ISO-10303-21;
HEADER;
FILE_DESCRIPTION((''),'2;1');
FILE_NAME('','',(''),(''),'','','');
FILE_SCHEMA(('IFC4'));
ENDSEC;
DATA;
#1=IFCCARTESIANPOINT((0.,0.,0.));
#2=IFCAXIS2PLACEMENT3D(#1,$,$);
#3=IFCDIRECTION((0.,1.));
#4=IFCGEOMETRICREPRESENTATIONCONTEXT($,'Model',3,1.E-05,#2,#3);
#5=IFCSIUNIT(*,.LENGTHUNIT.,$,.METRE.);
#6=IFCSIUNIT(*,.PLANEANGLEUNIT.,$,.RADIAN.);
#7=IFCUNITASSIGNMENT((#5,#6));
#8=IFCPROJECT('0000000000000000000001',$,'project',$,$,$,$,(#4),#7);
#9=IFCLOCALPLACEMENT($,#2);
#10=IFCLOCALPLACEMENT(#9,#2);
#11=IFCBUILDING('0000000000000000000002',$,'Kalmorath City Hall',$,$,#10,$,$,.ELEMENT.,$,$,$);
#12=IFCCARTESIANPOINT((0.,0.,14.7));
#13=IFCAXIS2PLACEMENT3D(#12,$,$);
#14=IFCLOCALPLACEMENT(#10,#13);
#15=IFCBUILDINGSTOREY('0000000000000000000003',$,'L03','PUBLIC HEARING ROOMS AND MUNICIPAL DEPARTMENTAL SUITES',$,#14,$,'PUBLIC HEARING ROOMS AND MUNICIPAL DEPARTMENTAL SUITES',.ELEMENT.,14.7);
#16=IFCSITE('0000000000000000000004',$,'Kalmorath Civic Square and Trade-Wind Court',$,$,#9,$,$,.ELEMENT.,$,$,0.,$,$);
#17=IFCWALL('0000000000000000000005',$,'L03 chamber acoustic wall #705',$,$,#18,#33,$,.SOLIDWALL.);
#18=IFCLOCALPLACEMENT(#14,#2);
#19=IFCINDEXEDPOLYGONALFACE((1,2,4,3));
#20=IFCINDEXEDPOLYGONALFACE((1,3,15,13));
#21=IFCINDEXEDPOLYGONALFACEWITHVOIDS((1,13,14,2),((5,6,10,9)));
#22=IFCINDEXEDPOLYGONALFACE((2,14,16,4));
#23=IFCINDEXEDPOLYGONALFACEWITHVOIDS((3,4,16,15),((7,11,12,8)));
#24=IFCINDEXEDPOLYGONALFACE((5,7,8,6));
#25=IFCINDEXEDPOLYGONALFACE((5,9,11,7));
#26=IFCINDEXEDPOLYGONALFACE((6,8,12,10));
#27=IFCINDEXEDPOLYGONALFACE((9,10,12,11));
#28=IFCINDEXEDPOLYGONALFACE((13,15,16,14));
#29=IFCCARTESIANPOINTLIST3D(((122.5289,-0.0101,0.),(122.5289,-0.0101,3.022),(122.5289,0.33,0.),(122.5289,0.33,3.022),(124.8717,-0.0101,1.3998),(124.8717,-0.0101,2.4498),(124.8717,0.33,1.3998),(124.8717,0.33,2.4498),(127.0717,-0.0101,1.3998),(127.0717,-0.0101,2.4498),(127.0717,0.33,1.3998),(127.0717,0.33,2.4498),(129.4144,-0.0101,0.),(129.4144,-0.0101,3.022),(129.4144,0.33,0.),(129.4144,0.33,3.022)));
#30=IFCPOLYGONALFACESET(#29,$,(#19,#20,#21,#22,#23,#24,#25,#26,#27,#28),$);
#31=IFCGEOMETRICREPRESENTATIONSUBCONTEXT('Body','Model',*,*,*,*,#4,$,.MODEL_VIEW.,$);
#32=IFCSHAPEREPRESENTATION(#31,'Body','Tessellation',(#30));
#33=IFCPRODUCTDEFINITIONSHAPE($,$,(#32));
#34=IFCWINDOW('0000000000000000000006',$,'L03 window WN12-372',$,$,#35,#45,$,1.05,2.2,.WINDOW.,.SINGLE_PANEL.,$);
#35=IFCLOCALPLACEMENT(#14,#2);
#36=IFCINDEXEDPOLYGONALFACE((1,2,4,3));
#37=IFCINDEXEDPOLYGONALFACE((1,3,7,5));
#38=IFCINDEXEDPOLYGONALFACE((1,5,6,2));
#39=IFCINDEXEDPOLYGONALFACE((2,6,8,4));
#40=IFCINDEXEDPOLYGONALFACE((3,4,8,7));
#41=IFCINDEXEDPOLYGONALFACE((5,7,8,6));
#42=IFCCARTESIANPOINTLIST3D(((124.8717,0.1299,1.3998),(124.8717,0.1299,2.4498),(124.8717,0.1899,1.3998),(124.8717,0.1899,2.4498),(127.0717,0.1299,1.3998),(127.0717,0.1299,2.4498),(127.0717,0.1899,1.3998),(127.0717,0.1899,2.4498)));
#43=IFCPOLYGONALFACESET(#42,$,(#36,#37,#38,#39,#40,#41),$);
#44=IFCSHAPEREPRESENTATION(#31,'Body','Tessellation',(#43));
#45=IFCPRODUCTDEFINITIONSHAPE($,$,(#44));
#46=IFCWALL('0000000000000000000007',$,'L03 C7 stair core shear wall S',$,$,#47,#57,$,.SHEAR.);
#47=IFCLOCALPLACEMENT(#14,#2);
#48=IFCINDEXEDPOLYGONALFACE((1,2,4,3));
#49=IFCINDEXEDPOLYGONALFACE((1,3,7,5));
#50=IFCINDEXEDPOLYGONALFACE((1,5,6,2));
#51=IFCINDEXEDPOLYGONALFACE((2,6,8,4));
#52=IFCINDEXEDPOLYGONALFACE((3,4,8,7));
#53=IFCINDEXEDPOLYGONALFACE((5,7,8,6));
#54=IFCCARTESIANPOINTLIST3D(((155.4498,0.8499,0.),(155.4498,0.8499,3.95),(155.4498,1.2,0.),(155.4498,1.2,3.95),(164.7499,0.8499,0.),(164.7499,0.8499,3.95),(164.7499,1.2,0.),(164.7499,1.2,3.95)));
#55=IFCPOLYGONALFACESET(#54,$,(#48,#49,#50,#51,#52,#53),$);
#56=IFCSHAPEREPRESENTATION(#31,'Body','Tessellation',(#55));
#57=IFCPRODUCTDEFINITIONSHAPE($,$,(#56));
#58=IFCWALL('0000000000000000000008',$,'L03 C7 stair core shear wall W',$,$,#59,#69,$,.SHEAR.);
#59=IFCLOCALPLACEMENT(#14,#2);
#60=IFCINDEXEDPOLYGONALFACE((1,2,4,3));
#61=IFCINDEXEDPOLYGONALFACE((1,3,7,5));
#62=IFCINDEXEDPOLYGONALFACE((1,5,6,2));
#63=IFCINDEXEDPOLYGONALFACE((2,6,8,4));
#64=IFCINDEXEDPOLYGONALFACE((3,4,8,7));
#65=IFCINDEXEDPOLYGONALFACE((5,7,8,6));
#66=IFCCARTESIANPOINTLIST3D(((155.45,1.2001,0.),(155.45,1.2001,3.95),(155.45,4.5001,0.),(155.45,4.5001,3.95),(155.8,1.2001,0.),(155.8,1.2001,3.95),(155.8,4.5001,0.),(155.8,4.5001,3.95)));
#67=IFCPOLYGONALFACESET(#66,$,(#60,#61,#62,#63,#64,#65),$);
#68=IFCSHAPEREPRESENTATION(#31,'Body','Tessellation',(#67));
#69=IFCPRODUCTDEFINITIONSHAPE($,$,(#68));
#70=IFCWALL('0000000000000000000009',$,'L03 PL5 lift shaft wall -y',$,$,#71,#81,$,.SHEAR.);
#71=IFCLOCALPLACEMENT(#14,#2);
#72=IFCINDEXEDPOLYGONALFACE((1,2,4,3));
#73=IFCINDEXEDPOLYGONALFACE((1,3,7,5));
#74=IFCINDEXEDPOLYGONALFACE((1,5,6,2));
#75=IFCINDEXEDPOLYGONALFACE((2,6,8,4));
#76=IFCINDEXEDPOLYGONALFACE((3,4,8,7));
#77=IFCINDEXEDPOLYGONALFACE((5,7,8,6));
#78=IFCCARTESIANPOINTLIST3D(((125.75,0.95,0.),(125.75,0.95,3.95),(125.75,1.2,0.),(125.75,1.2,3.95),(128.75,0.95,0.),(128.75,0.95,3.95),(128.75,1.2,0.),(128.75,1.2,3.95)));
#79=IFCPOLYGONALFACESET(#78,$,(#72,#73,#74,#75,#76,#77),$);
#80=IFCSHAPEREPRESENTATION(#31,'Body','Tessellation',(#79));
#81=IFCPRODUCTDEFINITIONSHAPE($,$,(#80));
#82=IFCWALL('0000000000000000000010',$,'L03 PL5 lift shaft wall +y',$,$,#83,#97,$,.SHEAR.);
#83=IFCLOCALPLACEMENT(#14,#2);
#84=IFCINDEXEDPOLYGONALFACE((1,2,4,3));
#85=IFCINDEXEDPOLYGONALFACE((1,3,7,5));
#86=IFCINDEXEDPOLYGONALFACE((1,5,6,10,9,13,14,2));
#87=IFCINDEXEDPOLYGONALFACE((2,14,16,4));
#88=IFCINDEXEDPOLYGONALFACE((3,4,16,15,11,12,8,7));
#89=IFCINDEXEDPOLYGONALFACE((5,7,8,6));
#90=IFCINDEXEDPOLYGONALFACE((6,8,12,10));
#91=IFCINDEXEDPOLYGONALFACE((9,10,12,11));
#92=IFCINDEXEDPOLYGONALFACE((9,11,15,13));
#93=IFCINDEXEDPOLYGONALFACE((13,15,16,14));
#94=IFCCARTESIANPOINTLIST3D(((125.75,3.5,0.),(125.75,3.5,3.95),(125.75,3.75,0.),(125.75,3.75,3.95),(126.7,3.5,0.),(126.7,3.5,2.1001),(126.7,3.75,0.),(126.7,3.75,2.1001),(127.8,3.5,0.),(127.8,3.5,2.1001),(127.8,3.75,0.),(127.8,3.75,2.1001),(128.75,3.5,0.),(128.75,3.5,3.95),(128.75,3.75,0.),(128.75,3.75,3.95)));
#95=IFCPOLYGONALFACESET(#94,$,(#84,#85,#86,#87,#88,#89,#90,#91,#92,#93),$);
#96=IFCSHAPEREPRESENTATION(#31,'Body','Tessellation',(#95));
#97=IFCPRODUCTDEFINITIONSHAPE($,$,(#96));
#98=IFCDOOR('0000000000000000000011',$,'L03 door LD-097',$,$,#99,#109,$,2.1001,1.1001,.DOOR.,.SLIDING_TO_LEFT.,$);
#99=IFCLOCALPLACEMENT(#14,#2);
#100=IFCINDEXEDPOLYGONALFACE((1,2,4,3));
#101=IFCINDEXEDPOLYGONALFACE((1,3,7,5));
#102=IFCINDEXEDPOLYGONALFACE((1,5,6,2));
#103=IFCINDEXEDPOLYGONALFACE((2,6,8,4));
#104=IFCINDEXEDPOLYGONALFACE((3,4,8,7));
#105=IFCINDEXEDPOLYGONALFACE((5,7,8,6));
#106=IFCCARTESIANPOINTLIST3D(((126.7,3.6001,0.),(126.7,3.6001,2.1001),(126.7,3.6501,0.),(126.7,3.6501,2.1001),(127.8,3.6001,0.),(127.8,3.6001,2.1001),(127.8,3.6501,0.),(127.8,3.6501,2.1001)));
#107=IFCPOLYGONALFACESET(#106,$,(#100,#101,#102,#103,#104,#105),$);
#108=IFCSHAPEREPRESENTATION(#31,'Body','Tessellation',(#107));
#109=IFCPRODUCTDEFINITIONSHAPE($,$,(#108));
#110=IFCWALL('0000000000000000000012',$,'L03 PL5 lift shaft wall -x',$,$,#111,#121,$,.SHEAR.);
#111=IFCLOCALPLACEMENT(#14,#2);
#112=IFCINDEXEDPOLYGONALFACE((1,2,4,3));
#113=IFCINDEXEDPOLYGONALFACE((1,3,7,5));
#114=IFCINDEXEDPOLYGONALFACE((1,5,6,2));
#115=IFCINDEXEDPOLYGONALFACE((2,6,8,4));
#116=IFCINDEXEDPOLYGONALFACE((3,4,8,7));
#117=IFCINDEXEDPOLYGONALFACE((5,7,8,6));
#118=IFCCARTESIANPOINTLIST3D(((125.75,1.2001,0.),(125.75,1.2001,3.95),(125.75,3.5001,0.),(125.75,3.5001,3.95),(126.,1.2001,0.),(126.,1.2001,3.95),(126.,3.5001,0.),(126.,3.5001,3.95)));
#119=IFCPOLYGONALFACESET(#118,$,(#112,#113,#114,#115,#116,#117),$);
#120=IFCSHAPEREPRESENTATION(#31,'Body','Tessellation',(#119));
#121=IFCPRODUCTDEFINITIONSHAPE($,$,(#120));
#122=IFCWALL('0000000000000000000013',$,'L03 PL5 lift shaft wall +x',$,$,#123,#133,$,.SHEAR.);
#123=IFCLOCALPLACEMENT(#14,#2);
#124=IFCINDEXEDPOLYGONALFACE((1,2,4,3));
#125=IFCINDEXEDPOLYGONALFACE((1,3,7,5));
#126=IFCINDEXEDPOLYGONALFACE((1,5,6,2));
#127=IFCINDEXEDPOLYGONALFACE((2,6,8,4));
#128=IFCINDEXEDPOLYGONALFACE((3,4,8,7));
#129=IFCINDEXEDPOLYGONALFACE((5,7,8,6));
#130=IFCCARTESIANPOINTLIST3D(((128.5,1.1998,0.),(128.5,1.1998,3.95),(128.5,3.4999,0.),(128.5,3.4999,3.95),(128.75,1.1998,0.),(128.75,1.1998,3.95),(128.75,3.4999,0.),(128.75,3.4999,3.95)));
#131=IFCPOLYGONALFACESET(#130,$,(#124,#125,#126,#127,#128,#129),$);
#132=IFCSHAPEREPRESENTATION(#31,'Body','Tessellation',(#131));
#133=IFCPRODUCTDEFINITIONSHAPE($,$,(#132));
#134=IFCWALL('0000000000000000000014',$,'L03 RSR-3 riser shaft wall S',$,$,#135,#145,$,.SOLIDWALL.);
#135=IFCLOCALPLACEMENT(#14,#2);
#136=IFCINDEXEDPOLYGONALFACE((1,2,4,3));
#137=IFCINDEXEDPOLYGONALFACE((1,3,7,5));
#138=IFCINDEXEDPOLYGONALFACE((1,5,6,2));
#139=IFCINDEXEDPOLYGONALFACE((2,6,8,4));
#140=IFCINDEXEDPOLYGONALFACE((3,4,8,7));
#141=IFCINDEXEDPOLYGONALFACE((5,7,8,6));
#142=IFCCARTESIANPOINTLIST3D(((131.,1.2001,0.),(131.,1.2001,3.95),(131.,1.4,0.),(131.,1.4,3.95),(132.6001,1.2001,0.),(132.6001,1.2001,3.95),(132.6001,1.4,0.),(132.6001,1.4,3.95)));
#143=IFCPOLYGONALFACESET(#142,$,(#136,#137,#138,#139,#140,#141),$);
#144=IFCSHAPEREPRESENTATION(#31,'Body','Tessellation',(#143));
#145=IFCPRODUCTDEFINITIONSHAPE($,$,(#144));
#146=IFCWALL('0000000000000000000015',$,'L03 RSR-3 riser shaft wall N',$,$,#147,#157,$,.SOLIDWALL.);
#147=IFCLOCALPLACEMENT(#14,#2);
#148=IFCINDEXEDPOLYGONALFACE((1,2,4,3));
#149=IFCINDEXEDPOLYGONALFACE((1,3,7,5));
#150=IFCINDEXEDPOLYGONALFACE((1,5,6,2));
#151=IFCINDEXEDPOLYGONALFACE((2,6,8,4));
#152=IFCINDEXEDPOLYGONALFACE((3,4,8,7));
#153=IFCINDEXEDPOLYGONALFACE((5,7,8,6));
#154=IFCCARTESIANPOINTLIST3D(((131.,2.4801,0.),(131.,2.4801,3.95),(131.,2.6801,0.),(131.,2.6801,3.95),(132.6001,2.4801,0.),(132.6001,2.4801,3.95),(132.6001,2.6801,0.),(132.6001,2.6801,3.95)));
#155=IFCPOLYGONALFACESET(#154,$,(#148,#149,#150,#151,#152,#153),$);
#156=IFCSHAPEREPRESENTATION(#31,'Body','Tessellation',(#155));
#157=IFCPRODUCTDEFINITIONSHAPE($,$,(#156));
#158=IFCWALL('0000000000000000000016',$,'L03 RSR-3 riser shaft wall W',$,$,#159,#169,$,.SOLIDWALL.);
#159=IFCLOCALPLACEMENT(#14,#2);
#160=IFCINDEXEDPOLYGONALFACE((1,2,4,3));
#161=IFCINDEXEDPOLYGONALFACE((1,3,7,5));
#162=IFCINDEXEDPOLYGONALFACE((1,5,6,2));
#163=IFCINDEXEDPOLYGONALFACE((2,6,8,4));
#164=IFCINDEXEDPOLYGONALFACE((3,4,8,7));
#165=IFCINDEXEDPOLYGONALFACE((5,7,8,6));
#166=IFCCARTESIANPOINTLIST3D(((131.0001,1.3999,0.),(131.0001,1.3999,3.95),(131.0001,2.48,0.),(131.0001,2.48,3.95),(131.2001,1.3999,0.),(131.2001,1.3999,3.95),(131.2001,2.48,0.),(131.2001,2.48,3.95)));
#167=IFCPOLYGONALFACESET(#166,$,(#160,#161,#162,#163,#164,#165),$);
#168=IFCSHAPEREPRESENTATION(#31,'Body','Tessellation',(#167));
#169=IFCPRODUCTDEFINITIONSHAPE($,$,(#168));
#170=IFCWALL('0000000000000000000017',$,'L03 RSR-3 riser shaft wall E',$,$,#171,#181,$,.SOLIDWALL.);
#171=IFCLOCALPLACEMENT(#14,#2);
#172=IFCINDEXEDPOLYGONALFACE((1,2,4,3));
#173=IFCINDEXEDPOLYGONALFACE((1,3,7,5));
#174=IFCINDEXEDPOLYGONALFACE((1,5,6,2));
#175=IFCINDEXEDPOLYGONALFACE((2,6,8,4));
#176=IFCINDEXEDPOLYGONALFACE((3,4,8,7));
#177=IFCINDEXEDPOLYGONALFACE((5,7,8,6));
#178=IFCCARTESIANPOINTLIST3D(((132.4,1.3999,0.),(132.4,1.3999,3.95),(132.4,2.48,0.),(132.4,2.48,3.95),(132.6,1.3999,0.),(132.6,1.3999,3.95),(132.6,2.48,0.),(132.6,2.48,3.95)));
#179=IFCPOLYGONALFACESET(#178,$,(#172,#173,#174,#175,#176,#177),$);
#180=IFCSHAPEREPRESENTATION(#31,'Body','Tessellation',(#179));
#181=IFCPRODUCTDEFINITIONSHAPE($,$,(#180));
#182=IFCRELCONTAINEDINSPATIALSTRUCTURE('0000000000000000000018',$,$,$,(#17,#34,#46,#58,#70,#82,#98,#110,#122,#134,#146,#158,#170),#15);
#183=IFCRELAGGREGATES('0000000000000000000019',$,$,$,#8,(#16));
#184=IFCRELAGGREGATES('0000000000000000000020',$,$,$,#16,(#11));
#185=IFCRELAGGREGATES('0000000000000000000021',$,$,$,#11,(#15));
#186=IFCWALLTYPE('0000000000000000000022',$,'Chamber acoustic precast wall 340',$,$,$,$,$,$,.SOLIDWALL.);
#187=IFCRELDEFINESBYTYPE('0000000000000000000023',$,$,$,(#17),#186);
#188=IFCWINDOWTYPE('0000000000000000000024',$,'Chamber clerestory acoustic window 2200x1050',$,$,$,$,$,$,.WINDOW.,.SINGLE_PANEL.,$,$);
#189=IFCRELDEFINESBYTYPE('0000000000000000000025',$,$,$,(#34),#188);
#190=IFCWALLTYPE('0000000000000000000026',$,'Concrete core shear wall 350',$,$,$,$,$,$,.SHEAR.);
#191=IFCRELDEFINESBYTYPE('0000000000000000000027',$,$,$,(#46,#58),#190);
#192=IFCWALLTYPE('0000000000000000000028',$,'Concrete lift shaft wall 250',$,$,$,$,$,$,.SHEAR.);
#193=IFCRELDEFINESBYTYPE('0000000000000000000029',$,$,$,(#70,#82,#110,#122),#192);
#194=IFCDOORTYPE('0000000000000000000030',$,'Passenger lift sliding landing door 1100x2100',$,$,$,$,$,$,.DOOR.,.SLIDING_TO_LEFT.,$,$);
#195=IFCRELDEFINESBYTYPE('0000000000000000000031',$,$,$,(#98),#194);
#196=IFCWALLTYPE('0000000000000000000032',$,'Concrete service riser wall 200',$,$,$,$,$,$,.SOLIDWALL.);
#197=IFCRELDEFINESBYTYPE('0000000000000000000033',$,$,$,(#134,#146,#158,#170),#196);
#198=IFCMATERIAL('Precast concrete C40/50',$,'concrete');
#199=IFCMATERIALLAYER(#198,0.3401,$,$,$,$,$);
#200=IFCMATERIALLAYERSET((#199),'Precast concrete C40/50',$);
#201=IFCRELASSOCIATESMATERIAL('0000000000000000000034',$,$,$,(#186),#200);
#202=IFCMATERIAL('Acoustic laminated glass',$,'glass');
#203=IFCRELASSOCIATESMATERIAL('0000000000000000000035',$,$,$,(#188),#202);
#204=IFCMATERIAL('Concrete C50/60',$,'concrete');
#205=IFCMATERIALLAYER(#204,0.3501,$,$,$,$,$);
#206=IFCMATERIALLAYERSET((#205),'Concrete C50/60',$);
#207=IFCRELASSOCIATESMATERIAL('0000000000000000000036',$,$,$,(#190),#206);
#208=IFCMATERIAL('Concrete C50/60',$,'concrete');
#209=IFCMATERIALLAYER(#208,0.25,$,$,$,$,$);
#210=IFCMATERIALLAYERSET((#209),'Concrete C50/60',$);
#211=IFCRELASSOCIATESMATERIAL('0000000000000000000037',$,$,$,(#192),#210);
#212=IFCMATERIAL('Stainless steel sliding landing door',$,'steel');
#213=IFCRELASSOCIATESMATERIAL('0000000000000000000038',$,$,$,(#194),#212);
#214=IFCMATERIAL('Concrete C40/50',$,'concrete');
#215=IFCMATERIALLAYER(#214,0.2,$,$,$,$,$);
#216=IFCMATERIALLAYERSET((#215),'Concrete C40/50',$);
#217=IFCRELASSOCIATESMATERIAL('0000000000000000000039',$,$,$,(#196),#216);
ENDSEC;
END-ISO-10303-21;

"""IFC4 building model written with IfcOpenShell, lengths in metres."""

from ifc_helpers import new_model, si_unit, direction, frame, frame_2d, origin, place, context, subcontext, project, spatial, rectangle, extrude, material, layer, layer_set, type_object, element, fill, save


model = new_model("IFC4")

# Units and contexts
model_context = context("Model", 3, precision=1e-05, world=origin(), true_north=direction((0.0, 1.0)))
body_context = subcontext(model_context, "Body", "Model", "MODEL_VIEW")
ifc_project = project(units=[si_unit("LENGTHUNIT", "METRE"), si_unit("PLANEANGLEUNIT", "RADIAN")], contexts=[model_context])

# Site, building, storey
site_placement = place(None, origin())
site = spatial("IfcSite", under=ifc_project, at=site_placement, Name="Kalmorath Civic Square and Trade-Wind Court", CompositionType="ELEMENT", RefElevation=0.0)
building_placement = place(site_placement, origin())
building = spatial("IfcBuilding", under=site, at=building_placement, Name="Kalmorath City Hall", CompositionType="ELEMENT")
storey_placement = place(building_placement, frame((0.0, 0.0, 14.7)))
storey = spatial("IfcBuildingStorey", under=building, at=storey_placement, Name="L03", Description="PUBLIC HEARING ROOMS AND MUNICIPAL DEPARTMENTAL SUITES", LongName="PUBLIC HEARING ROOMS AND MUNICIPAL DEPARTMENTAL SUITES", CompositionType="ELEMENT", Elevation=14.7)

# Wall, opening, window
ifc_material_1 = material(Name="Precast concrete C40/50", Category="concrete")
ifc_layer_1 = layer(ifc_material_1, 0.3401)
ifc_layer_set_1 = layer_set([ifc_layer_1], Name="Precast concrete C40/50")
wall_type_1 = type_object("IfcWallType", Name="Chamber acoustic precast wall 340", PredefinedType="SOLIDWALL", material=ifc_layer_set_1)
ifc_material_2 = material(Name="Acoustic laminated glass", Category="glass")
window_type = type_object("IfcWindowType", Name="Chamber clerestory acoustic window 2200x1050", PartitioningType="SINGLE_PANEL", PredefinedType="WINDOW", material=ifc_material_2)
wall_1_placement = place(storey_placement, frame((129.4146, 0.1599, 0.0), z_axis=(0.0, 0.0, 1.0), x_axis=(-1.0, 0.0, 0.0)))
wall_1 = element("IfcWall", 1, at=wall_1_placement, inside=storey, type_object=wall_type_1, Name="L03 chamber acoustic wall #705", PredefinedType="SOLIDWALL", context=body_context, shape_type="SweptSolid", body=[
    extrude(rectangle(XDim=6.8855, YDim=0.3401, at=frame_2d((3.4429, 0.0))), origin(), (0.0, 0.0, 1.0), 3.022),
])
opening_1_placement = place(wall_1_placement, frame((2.3428, 0.0, 1.3999)))
opening_1 = element("IfcOpeningElement", 2, at=opening_1_placement, cuts=wall_1, PredefinedType="OPENING", context=body_context, shape_type="SweptSolid", body=[
    extrude(rectangle(XDim=2.2, YDim=1.05, at=frame_2d((1.1001, 0.5249))), frame((0.0, 0.1799, 0.0), z_axis=(0.0, -1.0, 0.0), x_axis=(1.0, 0.0, 0.0)), (0.0, 0.0, 1.0), 0.3601),
])
window_1_placement = place(opening_1_placement, origin())
window_1 = element("IfcWindow", 3, at=window_1_placement, inside=storey, type_object=window_type, Name="L03 window WN12-372", OverallHeight=1.05, OverallWidth=2.2, PartitioningType="SINGLE_PANEL", PredefinedType="WINDOW", context=body_context, shape_type="SweptSolid", body=[
    extrude(rectangle(XDim=2.2, YDim=1.05, at=frame_2d((1.1001, 0.5249))), frame((0.0, 0.03, 0.0), z_axis=(0.0, -1.0, 0.0), x_axis=(1.0, 0.0, 0.0)), (0.0, 0.0, 1.0), 0.0601),
])
fill(opening_1, window_1)

# Walls
ifc_material_3 = material(Name="Concrete C50/60", Category="concrete")
ifc_layer_2 = layer(ifc_material_3, 0.3501)
ifc_layer_set_2 = layer_set([ifc_layer_2], Name="Concrete C50/60")
wall_type_2 = type_object("IfcWallType", Name="Concrete core shear wall 350", PredefinedType="SHEAR", material=ifc_layer_set_2)
wall_2_placement = place(storey_placement, frame((155.45, 1.0249, 0.0), z_axis=(0.0, 0.0, 1.0), x_axis=(1.0, 0.0, 0.0)))
element("IfcWall", 4, at=wall_2_placement, inside=storey, type_object=wall_type_2, Name="L03 C7 stair core shear wall S", PredefinedType="SHEAR", context=body_context, shape_type="SweptSolid", body=[
    extrude(rectangle(XDim=9.3, YDim=0.3501, at=frame_2d((4.6499, 0.0))), origin(), (0.0, 0.0, 1.0), 3.95),
])
wall_3_placement = place(storey_placement, frame((155.625, 4.5, 0.0), z_axis=(0.0, 0.0, 1.0), x_axis=(0.0, -1.0, 0.0)))
element("IfcWall", 5, at=wall_3_placement, inside=storey, type_object=wall_type_2, Name="L03 C7 stair core shear wall W", PredefinedType="SHEAR", context=body_context, shape_type="SweptSolid", body=[
    extrude(rectangle(XDim=3.3, YDim=0.3501, at=frame_2d((1.6499, 0.0))), origin(), (0.0, 0.0, 1.0), 3.95),
])
ifc_material_4 = material(Name="Concrete C50/60", Category="concrete")
ifc_layer_3 = layer(ifc_material_4, 0.25)
ifc_layer_set_3 = layer_set([ifc_layer_3], Name="Concrete C50/60")
wall_type_3 = type_object("IfcWallType", Name="Concrete lift shaft wall 250", PredefinedType="SHEAR", material=ifc_layer_set_3)
wall_4_placement = place(storey_placement, frame((125.75, 1.075, 0.0), z_axis=(0.0, 0.0, 1.0), x_axis=(1.0, 0.0, 0.0)))
element("IfcWall", 6, at=wall_4_placement, inside=storey, type_object=wall_type_3, Name="L03 PL5 lift shaft wall -y", PredefinedType="SHEAR", context=body_context, shape_type="SweptSolid", body=[
    extrude(rectangle(XDim=3.0, YDim=0.25, at=frame_2d((1.5, 0.0))), origin(), (0.0, 0.0, 1.0), 3.95),
])

# Wall, opening, door
wall_5_placement = place(storey_placement, frame((128.75, 3.625, 0.0), z_axis=(0.0, 0.0, 1.0), x_axis=(-1.0, 0.0, 0.0)))
wall_5 = element("IfcWall", 7, at=wall_5_placement, inside=storey, type_object=wall_type_3, Name="L03 PL5 lift shaft wall +y", PredefinedType="SHEAR", context=body_context, shape_type="SweptSolid", body=[
    extrude(rectangle(XDim=3.0, YDim=0.25, at=frame_2d((1.5, 0.0))), origin(), (0.0, 0.0, 1.0), 3.95),
])
opening_2_placement = place(wall_5_placement, frame((0.95, 0.0, 0.0)))
opening_2 = element("IfcOpeningElement", 8, at=opening_2_placement, cuts=wall_5, PredefinedType="OPENING", context=body_context, shape_type="SweptSolid", body=[
    extrude(rectangle(XDim=1.1001, YDim=2.1001, at=frame_2d((0.55, 1.05))), frame((0.0, 0.135, 0.0), z_axis=(0.0, -1.0, 0.0), x_axis=(1.0, 0.0, 0.0)), (0.0, 0.0, 1.0), 0.27),
])
ifc_material_5 = material(Name="Stainless steel sliding landing door", Category="steel")
door_type_1 = type_object("IfcDoorType", Name="Passenger lift sliding landing door 1100x2100", OperationType="SLIDING_TO_LEFT", PredefinedType="DOOR", material=ifc_material_5)
door_1_placement = place(opening_2_placement, origin())
door_1 = element("IfcDoor", 9, at=door_1_placement, inside=storey, type_object=door_type_1, Name="L03 door LD-097", OperationType="SLIDING_TO_LEFT", OverallHeight=2.1001, OverallWidth=1.1001, PredefinedType="DOOR", context=body_context, shape_type="SweptSolid", body=[
    extrude(rectangle(XDim=1.1001, YDim=2.1001, at=frame_2d((0.55, 1.05))), frame((0.0, 0.0249, 0.0), z_axis=(0.0, -1.0, 0.0), x_axis=(1.0, 0.0, 0.0)), (0.0, 0.0, 1.0), 0.05),
])
fill(opening_2, door_1)

# Walls
for number, where, z_axis, x_axis, name in (
    (10, (125.875, 3.5, 0.0), (0.0, 0.0, 1.0), (0.0, -1.0, 0.0), "L03 PL5 lift shaft wall -x"),
    (11, (128.625, 1.2, 0.0), (0.0, 0.0, 1.0), (0.0, 1.0, 0.0), "L03 PL5 lift shaft wall +x"),
):
    element("IfcWall", number, at=place(storey_placement, frame(where, z_axis=z_axis, x_axis=x_axis)), inside=storey, type_object=wall_type_3, Name=name, PredefinedType="SHEAR", context=body_context, shape_type="SweptSolid", body=[
        extrude(rectangle(XDim=2.3, YDim=0.25, at=frame_2d((1.1499, 0.0))), origin(), (0.0, 0.0, 1.0), 3.95),
    ])
ifc_material_6 = material(Name="Concrete C40/50", Category="concrete")
ifc_layer_4 = layer(ifc_material_6, 0.2)
ifc_layer_set_4 = layer_set([ifc_layer_4], Name="Concrete C40/50")
wall_type_4 = type_object("IfcWallType", Name="Concrete service riser wall 200", PredefinedType="SOLIDWALL", material=ifc_layer_set_4)
for number, where, z_axis, x_axis, name in (
    (12, (131.0, 1.3, 0.0), (0.0, 0.0, 1.0), (1.0, 0.0, 0.0), "L03 RSR-3 riser shaft wall S"),
    (13, (132.6001, 2.5801, 0.0), (0.0, 0.0, 1.0), (-1.0, 0.0, 0.0), "L03 RSR-3 riser shaft wall N"),
):
    element("IfcWall", number, at=place(storey_placement, frame(where, z_axis=z_axis, x_axis=x_axis)), inside=storey, type_object=wall_type_4, Name=name, PredefinedType="SOLIDWALL", context=body_context, shape_type="SweptSolid", body=[
        extrude(rectangle(XDim=1.6001, YDim=0.2, at=frame_2d((0.8, 0.0))), origin(), (0.0, 0.0, 1.0), 3.95),
    ])
for number, where, z_axis, x_axis, name in (
    (14, (131.1001, 2.48, 0.0), (0.0, 0.0, 1.0), (0.0, -1.0, 0.0), "L03 RSR-3 riser shaft wall W"),
    (15, (132.5, 1.3999, 0.0), (0.0, 0.0, 1.0), (0.0, 1.0, 0.0), "L03 RSR-3 riser shaft wall E"),
):
    element("IfcWall", number, at=place(storey_placement, frame(where, z_axis=z_axis, x_axis=x_axis)), inside=storey, type_object=wall_type_4, Name=name, PredefinedType="SOLIDWALL", context=body_context, shape_type="SweptSolid", body=[
        extrude(rectangle(XDim=1.0801, YDim=0.2, at=frame_2d((0.54, 0.0))), origin(), (0.0, 0.0, 1.0), 3.95),
    ])

save(model, "model.ifc")
